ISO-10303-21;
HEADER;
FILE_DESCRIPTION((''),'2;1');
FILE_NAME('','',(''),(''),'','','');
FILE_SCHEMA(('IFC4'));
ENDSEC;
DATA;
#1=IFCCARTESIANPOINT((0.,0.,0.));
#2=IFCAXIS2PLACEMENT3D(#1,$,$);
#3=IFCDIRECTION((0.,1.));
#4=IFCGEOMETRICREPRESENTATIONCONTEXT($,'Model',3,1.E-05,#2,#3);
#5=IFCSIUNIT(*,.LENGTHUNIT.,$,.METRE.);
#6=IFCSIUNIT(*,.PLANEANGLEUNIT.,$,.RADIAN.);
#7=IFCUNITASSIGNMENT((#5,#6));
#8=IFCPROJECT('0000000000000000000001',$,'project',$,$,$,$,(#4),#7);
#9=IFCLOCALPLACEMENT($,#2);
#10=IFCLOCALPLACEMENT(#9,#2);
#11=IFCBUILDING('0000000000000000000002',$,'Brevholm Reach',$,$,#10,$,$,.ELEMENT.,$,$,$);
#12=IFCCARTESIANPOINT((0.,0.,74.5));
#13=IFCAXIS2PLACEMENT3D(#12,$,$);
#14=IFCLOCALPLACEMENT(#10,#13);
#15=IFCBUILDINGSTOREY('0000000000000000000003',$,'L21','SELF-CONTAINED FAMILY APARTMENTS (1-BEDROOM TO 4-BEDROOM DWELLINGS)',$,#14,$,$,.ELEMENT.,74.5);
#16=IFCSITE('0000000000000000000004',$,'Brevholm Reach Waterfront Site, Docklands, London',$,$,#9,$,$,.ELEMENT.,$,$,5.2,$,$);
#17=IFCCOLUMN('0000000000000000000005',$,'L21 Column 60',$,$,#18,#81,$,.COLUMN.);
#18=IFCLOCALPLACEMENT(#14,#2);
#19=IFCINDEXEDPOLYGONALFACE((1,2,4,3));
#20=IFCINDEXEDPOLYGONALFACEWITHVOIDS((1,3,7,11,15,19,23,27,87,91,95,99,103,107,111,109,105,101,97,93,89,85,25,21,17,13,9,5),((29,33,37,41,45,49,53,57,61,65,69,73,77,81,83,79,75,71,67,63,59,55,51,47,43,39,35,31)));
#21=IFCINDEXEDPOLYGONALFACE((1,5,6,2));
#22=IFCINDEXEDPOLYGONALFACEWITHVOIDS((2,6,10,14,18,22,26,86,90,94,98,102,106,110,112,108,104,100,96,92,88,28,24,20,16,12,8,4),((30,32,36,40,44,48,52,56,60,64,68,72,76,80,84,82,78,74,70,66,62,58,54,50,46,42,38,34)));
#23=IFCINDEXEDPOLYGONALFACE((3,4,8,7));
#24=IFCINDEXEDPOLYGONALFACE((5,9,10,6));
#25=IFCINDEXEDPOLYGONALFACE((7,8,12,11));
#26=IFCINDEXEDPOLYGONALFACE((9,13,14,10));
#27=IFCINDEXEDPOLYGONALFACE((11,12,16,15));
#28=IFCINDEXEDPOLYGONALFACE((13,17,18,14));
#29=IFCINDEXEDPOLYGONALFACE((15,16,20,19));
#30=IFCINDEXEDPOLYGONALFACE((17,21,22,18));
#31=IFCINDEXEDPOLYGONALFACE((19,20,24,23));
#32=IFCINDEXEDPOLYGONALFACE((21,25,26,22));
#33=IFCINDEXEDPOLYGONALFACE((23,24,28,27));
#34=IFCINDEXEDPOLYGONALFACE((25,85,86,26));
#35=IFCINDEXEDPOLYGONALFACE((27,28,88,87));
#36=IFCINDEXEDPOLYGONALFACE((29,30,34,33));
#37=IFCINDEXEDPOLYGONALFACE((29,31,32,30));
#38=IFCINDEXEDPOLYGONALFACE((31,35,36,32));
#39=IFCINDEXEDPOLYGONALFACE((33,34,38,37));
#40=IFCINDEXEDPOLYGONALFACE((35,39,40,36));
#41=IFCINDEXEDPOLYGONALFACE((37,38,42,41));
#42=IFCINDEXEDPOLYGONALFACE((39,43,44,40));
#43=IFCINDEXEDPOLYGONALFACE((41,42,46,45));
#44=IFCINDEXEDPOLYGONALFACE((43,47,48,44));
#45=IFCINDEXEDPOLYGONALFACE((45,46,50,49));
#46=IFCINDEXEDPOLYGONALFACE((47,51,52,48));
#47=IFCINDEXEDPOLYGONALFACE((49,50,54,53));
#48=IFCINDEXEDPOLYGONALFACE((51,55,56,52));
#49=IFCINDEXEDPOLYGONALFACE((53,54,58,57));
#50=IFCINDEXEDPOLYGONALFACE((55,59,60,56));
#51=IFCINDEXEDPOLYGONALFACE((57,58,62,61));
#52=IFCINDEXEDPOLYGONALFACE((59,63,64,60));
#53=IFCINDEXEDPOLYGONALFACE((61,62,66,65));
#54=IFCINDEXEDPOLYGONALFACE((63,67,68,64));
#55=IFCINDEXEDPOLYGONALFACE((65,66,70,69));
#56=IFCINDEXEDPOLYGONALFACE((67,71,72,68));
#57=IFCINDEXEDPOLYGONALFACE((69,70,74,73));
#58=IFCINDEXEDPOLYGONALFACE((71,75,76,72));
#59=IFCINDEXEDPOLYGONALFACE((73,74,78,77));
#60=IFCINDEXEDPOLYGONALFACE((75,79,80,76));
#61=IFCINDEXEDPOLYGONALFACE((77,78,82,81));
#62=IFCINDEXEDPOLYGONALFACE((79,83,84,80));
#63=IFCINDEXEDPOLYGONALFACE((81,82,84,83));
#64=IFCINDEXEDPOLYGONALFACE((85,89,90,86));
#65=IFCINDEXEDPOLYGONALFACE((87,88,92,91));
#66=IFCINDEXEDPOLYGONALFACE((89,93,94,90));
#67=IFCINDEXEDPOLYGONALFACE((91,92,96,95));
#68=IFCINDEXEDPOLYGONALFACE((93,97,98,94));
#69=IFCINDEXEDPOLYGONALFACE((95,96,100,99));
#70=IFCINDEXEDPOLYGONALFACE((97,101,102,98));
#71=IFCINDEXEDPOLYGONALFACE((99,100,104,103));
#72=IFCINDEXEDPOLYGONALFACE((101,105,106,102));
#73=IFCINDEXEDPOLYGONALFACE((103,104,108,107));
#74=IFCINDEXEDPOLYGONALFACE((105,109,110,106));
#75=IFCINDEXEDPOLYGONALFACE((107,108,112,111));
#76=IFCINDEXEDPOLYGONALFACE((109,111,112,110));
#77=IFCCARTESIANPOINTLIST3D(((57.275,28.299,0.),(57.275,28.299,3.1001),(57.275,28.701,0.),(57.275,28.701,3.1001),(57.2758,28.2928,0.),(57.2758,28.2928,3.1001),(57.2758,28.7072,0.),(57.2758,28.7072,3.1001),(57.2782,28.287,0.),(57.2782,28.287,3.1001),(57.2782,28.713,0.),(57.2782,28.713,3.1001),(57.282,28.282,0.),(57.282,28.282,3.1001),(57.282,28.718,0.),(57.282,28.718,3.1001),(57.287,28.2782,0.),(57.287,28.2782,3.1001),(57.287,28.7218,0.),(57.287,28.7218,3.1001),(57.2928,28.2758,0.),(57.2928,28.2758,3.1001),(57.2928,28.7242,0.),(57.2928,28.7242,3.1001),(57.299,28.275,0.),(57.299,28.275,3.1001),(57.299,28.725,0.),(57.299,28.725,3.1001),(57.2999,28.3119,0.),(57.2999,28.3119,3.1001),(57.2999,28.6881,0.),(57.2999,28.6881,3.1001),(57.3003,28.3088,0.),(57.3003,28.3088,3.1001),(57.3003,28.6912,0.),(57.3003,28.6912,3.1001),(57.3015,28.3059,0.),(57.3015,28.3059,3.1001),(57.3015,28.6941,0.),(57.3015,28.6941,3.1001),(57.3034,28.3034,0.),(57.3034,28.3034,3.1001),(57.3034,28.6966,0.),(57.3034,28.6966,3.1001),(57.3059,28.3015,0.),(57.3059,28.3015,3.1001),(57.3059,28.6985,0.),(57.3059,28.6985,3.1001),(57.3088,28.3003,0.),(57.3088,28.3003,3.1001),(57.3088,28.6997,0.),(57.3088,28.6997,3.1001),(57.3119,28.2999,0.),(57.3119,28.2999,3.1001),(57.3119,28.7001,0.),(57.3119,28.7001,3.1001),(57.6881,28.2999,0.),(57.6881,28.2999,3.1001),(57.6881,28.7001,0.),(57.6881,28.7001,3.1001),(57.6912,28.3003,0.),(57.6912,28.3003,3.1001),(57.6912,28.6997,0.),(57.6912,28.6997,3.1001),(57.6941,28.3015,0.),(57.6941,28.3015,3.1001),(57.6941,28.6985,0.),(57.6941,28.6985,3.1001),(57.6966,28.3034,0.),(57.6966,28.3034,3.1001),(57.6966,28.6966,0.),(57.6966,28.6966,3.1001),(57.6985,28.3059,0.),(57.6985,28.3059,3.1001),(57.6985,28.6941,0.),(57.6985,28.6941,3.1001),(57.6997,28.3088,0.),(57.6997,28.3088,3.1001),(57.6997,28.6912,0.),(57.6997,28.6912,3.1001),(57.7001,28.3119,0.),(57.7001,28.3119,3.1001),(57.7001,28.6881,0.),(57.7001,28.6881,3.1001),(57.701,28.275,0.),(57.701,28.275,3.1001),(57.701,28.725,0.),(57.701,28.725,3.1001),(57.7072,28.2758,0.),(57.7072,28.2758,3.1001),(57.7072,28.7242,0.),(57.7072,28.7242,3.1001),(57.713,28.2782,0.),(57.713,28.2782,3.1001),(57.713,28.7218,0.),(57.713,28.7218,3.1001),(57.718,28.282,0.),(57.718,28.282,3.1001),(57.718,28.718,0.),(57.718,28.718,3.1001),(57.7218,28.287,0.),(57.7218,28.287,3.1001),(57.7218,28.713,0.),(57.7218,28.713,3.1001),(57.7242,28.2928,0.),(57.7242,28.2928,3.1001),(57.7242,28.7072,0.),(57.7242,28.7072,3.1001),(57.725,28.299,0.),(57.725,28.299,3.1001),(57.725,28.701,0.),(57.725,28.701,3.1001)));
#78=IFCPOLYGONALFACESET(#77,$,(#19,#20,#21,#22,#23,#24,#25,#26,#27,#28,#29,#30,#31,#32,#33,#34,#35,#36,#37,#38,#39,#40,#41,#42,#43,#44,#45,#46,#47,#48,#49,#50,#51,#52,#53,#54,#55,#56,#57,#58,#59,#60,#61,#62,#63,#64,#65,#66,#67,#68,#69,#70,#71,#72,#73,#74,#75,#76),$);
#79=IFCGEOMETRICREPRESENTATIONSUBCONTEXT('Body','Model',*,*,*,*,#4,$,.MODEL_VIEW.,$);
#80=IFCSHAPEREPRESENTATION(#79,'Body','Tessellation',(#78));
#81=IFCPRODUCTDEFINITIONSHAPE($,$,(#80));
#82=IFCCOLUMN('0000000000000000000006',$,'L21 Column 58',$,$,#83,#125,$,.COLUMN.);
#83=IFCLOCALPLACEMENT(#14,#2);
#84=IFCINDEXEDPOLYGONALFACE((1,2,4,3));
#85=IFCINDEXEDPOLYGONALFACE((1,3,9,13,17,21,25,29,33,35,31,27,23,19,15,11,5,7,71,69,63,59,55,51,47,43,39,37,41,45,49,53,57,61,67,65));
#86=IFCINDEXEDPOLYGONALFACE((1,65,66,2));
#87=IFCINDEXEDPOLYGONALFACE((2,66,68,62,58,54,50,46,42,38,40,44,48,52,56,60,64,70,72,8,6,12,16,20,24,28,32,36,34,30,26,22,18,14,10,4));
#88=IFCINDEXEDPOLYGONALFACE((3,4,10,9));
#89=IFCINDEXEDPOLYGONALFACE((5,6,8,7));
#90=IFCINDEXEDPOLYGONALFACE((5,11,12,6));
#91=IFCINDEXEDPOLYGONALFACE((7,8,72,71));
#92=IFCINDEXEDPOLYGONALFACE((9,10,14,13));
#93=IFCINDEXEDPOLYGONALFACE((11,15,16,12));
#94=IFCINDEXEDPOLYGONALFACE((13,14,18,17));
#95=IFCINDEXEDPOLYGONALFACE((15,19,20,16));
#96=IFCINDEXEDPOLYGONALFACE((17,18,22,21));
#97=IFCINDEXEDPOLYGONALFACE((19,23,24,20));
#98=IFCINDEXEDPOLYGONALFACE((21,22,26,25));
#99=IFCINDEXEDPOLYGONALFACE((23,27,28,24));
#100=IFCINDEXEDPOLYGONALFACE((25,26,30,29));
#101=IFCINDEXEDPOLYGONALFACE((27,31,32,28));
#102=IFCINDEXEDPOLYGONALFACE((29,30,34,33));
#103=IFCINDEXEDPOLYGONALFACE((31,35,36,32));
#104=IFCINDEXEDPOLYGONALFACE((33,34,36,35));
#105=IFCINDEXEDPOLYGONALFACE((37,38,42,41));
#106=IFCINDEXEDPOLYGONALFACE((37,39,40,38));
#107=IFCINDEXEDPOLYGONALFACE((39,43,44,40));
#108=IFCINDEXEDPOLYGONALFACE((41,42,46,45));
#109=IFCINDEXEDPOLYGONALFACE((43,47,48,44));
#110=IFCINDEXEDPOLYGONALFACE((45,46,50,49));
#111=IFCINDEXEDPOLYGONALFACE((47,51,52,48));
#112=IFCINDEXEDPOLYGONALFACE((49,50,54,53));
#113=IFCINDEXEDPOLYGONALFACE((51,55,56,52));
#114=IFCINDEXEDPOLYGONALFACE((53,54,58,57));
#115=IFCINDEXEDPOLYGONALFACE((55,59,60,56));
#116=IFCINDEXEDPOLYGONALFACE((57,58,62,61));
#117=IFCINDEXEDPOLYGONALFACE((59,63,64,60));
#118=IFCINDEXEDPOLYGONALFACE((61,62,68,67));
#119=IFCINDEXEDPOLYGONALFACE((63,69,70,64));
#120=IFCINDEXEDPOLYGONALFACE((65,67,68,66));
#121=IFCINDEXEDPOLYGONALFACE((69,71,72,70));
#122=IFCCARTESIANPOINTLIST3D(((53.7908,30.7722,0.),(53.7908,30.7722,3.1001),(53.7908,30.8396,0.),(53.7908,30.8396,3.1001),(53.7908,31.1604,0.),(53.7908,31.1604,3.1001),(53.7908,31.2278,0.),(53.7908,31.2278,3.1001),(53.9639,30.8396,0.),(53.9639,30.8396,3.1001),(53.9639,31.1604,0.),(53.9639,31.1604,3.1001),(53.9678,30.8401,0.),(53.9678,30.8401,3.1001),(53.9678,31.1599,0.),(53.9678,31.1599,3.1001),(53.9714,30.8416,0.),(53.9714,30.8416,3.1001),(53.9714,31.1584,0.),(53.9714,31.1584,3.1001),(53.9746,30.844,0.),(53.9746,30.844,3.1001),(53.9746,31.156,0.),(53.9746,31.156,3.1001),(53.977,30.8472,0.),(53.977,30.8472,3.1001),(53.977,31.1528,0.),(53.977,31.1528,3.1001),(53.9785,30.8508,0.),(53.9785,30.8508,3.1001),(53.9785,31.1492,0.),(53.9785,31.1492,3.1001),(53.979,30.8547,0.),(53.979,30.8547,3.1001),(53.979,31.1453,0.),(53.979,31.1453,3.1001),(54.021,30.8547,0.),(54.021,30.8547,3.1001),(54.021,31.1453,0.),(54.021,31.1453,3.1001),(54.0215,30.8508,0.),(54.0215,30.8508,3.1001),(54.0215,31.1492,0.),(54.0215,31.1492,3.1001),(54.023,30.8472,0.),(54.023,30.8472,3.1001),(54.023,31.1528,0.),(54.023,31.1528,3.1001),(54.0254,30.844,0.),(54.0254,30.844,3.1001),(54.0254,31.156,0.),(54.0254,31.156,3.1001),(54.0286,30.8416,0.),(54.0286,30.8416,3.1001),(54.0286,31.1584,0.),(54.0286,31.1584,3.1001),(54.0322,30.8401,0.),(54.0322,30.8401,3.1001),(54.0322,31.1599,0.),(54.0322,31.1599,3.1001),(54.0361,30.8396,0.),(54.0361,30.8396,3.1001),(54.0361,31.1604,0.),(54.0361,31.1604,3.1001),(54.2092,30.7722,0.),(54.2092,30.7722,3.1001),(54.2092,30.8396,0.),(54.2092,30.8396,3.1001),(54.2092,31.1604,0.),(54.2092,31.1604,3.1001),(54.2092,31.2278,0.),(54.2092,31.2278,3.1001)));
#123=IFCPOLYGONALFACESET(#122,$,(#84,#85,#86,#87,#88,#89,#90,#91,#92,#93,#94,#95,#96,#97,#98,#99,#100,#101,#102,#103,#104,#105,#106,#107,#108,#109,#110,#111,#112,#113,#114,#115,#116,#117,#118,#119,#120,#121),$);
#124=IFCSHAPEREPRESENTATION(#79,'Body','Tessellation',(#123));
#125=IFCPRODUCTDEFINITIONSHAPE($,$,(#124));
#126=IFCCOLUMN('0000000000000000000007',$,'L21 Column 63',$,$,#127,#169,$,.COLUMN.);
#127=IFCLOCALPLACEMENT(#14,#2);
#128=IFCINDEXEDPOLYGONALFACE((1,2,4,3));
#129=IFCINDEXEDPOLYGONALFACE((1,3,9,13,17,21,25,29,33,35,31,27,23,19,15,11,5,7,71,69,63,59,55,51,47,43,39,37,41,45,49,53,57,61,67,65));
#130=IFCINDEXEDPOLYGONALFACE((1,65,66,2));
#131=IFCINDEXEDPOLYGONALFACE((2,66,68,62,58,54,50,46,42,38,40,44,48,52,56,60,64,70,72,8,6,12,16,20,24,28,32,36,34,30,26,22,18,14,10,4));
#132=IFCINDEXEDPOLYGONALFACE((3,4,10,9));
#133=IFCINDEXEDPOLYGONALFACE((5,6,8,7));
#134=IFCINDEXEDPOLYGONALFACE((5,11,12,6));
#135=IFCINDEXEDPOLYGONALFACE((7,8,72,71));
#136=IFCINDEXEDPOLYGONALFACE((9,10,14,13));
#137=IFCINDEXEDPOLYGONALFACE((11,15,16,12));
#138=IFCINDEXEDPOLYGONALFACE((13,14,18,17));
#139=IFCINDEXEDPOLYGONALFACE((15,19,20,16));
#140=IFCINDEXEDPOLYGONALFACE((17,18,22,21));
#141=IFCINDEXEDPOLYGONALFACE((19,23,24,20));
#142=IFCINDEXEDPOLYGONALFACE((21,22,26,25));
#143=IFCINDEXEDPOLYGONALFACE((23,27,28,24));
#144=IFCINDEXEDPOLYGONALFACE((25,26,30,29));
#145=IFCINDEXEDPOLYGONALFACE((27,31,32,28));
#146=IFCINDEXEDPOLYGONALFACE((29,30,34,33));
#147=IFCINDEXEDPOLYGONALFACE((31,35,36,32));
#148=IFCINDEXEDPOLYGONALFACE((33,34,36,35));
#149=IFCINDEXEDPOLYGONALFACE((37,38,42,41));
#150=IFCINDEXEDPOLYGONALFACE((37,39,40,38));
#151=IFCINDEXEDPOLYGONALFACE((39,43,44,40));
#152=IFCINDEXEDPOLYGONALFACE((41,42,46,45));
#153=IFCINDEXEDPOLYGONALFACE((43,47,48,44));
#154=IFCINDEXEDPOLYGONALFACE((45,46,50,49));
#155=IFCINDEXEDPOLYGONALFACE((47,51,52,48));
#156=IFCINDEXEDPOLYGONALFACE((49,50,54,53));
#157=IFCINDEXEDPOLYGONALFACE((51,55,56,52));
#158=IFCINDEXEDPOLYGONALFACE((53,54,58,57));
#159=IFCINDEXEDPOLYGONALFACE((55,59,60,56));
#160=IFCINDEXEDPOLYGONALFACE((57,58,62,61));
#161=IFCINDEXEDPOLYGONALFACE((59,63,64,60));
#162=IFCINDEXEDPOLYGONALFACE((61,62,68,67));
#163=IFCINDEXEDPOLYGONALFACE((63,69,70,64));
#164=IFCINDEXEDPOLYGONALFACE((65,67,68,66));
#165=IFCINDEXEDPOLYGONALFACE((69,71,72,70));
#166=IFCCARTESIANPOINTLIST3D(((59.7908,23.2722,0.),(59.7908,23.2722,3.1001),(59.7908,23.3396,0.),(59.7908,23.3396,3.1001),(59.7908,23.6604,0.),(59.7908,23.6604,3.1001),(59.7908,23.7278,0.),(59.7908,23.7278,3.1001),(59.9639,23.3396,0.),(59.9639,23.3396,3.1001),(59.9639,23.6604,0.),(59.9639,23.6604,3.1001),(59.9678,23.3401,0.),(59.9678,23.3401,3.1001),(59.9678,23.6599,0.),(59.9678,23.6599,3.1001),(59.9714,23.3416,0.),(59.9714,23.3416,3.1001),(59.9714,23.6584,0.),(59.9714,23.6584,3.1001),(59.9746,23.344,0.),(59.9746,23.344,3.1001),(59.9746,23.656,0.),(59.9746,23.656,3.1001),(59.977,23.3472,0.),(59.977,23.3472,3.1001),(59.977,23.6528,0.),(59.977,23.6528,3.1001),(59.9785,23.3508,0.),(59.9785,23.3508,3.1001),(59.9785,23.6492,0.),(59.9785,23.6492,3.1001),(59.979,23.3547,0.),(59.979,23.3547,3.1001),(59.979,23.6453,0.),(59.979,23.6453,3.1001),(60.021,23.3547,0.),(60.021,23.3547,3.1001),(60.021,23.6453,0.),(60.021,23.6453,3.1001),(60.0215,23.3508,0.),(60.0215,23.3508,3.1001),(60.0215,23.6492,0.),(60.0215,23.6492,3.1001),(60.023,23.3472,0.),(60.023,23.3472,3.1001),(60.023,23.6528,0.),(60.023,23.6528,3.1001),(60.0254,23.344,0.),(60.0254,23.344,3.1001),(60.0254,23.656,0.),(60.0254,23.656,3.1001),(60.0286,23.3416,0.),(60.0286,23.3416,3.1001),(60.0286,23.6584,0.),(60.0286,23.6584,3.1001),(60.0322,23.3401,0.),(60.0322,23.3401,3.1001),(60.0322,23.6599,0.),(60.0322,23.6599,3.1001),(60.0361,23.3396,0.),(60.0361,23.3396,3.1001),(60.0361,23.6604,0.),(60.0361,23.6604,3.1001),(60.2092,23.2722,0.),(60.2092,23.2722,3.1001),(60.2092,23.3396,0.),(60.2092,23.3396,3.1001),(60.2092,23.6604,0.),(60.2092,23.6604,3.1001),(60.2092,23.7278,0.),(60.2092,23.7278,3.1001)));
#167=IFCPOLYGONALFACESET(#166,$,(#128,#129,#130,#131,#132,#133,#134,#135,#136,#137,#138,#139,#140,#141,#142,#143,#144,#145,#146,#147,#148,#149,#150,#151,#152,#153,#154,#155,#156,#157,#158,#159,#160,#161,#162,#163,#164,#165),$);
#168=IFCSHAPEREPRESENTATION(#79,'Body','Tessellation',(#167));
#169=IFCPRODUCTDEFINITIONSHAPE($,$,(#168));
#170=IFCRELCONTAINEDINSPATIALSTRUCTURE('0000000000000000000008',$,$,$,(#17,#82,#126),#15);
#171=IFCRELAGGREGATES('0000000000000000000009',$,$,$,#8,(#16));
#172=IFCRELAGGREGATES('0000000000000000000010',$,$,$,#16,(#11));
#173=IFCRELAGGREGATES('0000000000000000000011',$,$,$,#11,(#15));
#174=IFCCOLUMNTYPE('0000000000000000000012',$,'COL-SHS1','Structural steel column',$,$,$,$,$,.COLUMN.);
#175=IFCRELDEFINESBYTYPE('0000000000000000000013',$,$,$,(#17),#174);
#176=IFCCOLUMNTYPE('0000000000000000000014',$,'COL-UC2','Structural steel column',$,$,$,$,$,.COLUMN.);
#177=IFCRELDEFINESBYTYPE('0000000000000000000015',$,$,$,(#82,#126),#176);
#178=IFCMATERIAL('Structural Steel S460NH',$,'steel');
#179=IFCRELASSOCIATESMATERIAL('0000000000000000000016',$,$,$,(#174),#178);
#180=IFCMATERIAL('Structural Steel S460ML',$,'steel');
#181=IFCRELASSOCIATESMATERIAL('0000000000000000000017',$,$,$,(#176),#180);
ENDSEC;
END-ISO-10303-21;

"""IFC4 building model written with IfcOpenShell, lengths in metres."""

from ifc_helpers import new_model, si_unit, direction, frame, origin, origin_2d, place, context, subcontext, project, spatial, hollow_rectangle, i_section, extrude, material, material_profile, profile_set, type_object, element, save


model = new_model("IFC4")

# Units and contexts
model_context = context("Model", 3, precision=1e-05, world=origin(), true_north=direction((0.0, 1.0)))
body_context = subcontext(model_context, "Body", "Model", "MODEL_VIEW")
ifc_project = project(units=[si_unit("LENGTHUNIT", "METRE"), si_unit("PLANEANGLEUNIT", "RADIAN")], contexts=[model_context])

# Site, building, storey
site_placement = place(None, origin())
site = spatial("IfcSite", under=ifc_project, at=site_placement, Name="Brevholm Reach Waterfront Site, Docklands, London", CompositionType="ELEMENT", RefElevation=5.2)
building_placement = place(site_placement, origin())
building = spatial("IfcBuilding", under=site, at=building_placement, Name="Brevholm Reach", CompositionType="ELEMENT")
storey_placement = place(building_placement, frame((0.0, 0.0, 74.5)))
storey = spatial("IfcBuildingStorey", under=building, at=storey_placement, Name="L21", Description="SELF-CONTAINED FAMILY APARTMENTS (1-BEDROOM TO 4-BEDROOM DWELLINGS)", CompositionType="ELEMENT", Elevation=74.5)

# Columns
ifc_material_1 = material(Name="Structural Steel S460NH", Category="steel")
ifc_material_profile_1 = material_profile(ifc_material_1, hollow_rectangle(XDim=0.45, YDim=0.45, WallThickness=0.0249, InnerFilletRadius=0.012, OuterFilletRadius=0.0239, at=origin_2d()), Name="SHS 450x450x25")
ifc_profile_set_1 = profile_set([ifc_material_profile_1], Name="Structural Steel S460NH")
column_type_1 = type_object("IfcColumnType", Name="COL-SHS1", Description="Structural steel column", PredefinedType="COLUMN", material=ifc_profile_set_1)
column_1_placement = place(storey_placement, frame((57.5, 28.5, 0.0), z_axis=(0.0, 0.0, 1.0), x_axis=(1.0, 0.0, 0.0)))
element("IfcColumn", 1, at=column_1_placement, inside=storey, type_object=column_type_1, Name="L21 Column 60", PredefinedType="COLUMN", context=body_context, shape_type="SweptSolid", body=[
    extrude(hollow_rectangle(XDim=0.45, YDim=0.45, WallThickness=0.0249, InnerFilletRadius=0.012, OuterFilletRadius=0.0239, at=origin_2d()), origin(), (0.0, 0.0, 1.0), 3.1001),
])
ifc_material_2 = material(Name="Structural Steel S460ML", Category="steel")
ifc_material_profile_2 = material_profile(ifc_material_2, i_section(OverallWidth=0.4185, OverallDepth=0.4556, WebThickness=0.042, FlangeThickness=0.0674, FilletRadius=0.0151, at=origin_2d()), Name="UKC 356x406x551")
ifc_profile_set_2 = profile_set([ifc_material_profile_2], Name="Structural Steel S460ML")
column_type_2 = type_object("IfcColumnType", Name="COL-UC2", Description="Structural steel column", PredefinedType="COLUMN", material=ifc_profile_set_2)
for number, where, z_axis, x_axis, name in (
    (2, (54.0, 31.0, 0.0), (0.0, 0.0, 1.0), (1.0, 0.0, 0.0), "L21 Column 58"),
    (3, (60.0, 23.5, 0.0), (0.0, 0.0, 1.0), (1.0, 0.0, 0.0), "L21 Column 63"),
):
    element("IfcColumn", number, at=place(storey_placement, frame(where, z_axis=z_axis, x_axis=x_axis)), inside=storey, type_object=column_type_2, Name=name, PredefinedType="COLUMN", context=body_context, shape_type="SweptSolid", body=[
        extrude(i_section(OverallWidth=0.4185, OverallDepth=0.4556, WebThickness=0.042, FlangeThickness=0.0674, FilletRadius=0.0151, at=origin_2d()), origin(), (0.0, 0.0, 1.0), 3.1001),
    ])

save(model, "model.ifc")
